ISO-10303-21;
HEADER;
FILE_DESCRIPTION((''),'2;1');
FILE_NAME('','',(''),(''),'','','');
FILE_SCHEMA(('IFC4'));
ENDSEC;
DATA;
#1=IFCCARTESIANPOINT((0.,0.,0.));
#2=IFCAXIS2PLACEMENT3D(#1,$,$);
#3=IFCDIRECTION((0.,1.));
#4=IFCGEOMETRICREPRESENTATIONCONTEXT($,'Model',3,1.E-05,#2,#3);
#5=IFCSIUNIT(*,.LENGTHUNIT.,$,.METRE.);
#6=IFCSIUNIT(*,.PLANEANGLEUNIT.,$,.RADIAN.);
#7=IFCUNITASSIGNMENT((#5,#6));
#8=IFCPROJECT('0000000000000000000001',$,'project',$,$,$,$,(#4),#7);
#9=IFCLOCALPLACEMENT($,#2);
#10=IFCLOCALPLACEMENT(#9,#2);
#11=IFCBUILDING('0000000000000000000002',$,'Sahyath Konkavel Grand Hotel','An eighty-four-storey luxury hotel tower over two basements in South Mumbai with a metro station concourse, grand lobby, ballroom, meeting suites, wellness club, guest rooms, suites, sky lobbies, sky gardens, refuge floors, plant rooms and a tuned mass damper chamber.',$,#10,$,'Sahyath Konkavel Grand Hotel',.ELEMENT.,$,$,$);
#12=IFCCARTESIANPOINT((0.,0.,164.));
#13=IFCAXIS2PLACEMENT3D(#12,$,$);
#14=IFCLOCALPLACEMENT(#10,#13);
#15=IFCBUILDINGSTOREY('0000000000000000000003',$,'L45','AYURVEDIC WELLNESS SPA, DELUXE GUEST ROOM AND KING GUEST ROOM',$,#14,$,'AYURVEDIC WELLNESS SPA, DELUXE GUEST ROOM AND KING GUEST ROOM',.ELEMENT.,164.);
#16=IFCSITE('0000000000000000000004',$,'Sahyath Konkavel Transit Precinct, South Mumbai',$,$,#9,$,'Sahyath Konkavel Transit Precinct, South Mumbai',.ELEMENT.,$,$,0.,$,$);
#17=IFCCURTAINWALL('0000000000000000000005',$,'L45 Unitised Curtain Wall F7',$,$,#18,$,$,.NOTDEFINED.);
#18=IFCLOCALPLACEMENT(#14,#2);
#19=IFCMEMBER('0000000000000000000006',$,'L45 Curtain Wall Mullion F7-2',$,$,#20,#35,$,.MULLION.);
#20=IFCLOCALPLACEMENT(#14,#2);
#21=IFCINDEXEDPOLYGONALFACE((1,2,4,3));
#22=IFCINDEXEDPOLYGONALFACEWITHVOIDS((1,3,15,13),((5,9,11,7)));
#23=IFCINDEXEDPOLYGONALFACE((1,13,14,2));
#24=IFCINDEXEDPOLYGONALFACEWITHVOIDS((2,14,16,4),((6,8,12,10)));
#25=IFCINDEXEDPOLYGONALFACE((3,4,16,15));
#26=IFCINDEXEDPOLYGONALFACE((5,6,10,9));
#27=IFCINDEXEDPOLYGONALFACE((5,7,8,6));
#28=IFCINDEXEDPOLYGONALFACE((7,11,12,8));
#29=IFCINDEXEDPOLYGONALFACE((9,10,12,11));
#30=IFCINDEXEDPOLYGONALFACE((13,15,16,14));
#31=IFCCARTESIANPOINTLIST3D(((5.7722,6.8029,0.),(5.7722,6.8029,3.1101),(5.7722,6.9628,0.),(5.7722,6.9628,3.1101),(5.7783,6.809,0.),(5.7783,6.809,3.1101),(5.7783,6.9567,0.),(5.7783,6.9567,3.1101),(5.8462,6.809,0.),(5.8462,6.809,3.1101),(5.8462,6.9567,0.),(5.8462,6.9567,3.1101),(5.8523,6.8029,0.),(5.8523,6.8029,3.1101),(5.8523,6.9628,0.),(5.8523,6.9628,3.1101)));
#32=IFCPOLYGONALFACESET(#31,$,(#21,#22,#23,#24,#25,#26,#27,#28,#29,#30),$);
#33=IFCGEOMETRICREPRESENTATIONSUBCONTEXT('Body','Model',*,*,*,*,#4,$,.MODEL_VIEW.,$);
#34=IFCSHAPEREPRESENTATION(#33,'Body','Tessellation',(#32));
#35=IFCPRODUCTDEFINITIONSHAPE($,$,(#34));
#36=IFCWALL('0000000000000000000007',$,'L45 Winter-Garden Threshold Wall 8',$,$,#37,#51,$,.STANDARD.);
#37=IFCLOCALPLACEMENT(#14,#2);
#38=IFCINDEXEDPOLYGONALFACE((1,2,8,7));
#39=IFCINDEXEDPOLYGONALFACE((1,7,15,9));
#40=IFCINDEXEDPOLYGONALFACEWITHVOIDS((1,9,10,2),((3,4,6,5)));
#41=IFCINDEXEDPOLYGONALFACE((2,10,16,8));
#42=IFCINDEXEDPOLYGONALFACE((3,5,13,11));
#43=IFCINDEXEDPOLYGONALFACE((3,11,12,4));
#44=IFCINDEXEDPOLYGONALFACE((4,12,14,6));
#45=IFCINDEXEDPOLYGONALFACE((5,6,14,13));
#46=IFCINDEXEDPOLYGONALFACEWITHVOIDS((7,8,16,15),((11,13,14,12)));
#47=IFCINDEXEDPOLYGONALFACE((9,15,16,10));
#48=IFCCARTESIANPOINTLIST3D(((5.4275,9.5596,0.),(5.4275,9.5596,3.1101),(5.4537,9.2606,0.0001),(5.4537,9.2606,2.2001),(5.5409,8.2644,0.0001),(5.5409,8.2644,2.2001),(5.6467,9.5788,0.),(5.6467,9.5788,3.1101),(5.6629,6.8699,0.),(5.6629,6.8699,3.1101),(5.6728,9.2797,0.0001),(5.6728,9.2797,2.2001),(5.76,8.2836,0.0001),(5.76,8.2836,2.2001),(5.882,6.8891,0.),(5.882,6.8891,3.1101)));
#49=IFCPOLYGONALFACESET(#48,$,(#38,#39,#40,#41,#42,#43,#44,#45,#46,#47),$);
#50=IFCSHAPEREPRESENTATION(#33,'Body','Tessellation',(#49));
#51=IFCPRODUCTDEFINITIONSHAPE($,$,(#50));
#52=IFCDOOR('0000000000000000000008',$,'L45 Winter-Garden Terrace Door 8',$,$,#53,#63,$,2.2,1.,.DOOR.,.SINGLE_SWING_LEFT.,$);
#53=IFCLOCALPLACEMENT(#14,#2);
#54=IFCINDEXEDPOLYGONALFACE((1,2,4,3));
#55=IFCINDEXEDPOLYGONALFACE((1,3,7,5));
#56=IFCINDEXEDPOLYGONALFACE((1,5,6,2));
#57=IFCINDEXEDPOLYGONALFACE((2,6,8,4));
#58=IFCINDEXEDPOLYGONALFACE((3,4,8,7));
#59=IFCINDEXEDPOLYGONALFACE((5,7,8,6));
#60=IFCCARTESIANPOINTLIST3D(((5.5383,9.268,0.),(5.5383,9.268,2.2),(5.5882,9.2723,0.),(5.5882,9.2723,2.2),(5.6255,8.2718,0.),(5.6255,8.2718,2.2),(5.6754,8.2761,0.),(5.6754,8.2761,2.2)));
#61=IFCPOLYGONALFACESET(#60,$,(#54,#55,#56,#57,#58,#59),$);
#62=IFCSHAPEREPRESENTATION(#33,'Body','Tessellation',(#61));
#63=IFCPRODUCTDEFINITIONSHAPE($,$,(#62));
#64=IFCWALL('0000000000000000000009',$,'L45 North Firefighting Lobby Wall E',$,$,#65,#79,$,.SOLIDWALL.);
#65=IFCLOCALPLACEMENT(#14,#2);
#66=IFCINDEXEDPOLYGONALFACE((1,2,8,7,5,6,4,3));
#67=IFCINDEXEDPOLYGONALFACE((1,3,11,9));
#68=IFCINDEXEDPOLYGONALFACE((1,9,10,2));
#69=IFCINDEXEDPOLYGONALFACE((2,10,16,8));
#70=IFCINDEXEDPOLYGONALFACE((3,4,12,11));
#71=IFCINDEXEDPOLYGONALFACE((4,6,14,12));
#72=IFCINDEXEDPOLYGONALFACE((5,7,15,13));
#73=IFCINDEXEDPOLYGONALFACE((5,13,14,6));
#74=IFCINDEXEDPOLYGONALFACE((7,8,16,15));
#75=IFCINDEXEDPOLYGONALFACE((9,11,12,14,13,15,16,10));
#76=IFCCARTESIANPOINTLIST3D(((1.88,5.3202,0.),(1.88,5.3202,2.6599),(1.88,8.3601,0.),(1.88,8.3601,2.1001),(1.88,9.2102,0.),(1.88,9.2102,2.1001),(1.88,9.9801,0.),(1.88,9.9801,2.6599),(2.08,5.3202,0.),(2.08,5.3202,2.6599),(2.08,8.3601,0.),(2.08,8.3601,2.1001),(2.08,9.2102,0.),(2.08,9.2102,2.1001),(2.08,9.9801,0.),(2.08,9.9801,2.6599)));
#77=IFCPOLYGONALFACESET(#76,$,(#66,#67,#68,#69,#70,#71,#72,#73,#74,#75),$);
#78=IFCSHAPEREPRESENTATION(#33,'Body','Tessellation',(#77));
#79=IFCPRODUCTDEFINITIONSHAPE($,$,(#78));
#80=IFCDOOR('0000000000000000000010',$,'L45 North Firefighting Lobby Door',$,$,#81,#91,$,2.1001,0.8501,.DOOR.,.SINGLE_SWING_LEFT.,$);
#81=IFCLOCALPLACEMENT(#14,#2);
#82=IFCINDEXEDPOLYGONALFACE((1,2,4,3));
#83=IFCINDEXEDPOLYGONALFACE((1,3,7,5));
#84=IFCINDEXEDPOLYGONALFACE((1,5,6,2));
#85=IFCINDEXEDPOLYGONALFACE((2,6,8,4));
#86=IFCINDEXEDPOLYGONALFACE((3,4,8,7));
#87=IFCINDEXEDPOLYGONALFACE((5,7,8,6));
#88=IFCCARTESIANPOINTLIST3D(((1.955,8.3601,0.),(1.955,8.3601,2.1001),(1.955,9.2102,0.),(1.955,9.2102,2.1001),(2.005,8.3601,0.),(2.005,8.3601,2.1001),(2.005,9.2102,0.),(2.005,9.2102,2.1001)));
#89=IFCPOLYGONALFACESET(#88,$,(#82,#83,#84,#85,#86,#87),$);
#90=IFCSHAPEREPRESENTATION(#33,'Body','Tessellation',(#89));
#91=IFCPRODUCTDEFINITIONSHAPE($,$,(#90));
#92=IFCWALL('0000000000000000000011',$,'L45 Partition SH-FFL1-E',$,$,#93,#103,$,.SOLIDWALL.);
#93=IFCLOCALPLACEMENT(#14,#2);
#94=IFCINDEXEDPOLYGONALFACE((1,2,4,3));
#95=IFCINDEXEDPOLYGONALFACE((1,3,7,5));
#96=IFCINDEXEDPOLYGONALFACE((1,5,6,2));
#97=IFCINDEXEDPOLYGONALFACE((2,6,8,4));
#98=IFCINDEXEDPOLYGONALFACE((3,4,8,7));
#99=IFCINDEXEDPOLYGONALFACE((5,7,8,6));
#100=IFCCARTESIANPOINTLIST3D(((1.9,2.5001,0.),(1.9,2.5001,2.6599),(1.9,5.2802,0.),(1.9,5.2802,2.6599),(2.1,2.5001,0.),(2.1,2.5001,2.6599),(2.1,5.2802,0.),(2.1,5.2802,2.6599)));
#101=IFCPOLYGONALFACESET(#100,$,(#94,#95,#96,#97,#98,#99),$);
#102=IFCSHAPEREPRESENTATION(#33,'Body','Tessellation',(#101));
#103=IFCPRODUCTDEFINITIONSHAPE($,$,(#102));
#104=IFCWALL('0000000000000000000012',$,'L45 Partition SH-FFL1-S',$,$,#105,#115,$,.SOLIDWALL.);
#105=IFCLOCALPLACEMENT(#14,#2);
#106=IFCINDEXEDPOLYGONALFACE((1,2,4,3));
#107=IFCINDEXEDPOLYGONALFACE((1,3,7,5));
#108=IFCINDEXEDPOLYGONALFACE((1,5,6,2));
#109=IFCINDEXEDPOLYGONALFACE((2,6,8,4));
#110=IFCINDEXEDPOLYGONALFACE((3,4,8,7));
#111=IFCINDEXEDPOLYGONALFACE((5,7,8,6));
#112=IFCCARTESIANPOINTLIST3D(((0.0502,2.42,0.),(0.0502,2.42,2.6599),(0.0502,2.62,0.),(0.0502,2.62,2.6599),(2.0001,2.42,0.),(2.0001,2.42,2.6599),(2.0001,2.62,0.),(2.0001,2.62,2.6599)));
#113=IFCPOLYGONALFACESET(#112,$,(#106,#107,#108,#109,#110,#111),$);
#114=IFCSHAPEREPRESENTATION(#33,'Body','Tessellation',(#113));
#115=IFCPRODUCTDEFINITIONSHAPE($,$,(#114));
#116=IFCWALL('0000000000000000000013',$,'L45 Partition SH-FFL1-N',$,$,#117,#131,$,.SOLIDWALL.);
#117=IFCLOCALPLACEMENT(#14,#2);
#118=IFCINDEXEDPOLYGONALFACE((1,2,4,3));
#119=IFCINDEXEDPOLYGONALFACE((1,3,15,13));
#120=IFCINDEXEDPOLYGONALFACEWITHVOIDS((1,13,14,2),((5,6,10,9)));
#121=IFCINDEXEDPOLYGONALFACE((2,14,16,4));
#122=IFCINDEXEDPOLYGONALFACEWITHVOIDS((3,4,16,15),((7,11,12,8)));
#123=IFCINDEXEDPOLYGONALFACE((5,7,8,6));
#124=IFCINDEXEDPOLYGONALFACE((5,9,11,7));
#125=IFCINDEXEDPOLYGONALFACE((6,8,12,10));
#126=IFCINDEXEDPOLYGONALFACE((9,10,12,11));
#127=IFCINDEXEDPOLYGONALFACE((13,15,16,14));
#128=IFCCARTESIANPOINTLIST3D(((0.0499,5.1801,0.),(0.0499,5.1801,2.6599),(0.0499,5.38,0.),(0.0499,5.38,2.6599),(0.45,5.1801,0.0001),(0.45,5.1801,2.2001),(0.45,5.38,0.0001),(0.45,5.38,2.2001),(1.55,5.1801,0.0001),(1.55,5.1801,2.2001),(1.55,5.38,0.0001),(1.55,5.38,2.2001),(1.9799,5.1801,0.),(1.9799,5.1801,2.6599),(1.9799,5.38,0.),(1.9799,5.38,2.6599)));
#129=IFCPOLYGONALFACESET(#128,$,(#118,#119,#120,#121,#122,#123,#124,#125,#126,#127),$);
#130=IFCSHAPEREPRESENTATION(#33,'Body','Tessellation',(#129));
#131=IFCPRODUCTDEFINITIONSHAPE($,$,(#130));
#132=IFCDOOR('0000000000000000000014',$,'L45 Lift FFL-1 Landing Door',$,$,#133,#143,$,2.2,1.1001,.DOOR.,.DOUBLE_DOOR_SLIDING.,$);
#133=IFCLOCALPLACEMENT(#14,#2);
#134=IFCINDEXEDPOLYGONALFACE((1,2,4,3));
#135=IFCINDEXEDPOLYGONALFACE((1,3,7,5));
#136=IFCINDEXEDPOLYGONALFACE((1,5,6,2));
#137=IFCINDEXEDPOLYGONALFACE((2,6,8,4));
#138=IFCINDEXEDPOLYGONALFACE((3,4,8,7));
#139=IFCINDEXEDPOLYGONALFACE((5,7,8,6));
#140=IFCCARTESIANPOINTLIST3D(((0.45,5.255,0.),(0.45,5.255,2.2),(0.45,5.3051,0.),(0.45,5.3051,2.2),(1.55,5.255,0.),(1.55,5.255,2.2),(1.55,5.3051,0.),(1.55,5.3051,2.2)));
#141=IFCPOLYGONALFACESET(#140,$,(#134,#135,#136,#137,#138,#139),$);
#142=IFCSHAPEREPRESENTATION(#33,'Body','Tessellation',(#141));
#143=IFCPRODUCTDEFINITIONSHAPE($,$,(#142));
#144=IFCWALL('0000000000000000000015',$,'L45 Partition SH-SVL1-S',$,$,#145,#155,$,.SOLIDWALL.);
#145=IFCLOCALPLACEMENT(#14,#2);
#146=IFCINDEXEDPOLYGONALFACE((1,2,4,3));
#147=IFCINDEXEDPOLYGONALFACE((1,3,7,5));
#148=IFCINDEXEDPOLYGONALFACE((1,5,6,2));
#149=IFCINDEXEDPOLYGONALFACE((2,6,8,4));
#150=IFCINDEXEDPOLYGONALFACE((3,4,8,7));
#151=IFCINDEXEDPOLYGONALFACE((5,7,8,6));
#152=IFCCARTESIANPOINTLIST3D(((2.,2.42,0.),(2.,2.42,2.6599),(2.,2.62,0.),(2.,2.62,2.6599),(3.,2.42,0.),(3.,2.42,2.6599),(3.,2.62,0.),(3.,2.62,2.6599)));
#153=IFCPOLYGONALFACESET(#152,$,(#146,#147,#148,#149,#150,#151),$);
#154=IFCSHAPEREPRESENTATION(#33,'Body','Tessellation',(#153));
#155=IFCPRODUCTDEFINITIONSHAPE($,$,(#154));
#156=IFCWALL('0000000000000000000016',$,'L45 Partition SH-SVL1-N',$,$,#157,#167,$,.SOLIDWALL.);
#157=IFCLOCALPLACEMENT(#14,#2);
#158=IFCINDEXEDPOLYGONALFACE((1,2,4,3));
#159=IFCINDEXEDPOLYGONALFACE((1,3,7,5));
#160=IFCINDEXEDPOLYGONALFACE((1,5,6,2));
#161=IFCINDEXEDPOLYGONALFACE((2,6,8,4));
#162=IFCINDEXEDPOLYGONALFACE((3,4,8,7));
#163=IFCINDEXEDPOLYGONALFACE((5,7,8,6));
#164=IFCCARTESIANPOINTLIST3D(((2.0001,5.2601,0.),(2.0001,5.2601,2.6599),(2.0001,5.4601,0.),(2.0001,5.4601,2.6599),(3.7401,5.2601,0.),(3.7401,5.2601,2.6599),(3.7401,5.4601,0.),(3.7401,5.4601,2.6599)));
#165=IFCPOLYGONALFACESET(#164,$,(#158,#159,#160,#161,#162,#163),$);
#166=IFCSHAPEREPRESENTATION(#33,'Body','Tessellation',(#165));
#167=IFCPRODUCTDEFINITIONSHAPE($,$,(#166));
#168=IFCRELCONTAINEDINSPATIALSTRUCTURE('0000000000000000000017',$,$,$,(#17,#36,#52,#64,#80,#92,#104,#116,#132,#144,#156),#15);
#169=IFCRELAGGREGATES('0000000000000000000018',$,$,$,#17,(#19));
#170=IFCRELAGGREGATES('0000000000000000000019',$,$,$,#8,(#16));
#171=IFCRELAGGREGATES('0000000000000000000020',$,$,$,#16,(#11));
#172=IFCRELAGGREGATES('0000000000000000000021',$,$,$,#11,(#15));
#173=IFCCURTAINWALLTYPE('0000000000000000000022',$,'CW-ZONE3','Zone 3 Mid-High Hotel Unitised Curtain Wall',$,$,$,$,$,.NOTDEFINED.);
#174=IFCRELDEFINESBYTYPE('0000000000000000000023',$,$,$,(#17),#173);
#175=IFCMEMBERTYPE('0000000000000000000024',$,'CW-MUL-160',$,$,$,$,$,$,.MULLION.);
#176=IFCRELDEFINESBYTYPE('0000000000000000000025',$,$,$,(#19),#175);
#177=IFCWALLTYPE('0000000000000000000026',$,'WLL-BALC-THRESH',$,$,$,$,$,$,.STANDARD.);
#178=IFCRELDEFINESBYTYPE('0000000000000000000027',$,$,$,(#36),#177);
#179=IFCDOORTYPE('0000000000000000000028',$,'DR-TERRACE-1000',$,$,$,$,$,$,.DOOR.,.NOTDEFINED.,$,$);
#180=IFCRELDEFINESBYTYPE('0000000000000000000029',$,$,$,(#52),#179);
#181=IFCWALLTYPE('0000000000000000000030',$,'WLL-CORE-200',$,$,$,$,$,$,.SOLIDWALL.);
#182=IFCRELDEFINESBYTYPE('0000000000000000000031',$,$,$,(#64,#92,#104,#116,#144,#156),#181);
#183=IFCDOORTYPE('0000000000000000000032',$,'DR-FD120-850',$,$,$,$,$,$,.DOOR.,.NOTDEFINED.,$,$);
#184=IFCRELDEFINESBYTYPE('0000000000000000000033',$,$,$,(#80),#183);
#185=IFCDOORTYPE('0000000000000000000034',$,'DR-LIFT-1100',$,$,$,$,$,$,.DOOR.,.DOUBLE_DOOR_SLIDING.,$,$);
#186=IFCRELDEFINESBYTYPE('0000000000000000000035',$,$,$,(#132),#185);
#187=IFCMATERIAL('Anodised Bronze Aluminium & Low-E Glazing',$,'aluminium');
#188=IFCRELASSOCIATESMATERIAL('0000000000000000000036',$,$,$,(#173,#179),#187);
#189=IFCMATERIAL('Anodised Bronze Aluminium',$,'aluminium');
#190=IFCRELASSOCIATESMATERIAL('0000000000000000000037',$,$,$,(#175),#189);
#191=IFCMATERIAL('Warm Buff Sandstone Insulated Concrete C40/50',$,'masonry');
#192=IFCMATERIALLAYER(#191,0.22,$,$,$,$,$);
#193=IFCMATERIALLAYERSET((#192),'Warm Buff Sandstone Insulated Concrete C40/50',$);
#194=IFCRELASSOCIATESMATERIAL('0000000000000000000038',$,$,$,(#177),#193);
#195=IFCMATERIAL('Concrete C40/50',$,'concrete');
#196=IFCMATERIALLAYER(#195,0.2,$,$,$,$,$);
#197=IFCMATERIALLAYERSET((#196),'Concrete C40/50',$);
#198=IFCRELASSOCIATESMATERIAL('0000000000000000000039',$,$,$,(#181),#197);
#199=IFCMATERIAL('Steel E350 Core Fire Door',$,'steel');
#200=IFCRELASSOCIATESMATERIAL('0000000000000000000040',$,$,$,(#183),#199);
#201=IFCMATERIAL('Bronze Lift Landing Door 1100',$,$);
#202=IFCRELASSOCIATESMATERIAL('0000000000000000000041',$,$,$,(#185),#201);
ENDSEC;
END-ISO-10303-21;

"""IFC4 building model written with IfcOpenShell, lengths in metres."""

from ifc_helpers import new_model, si_unit, direction, frame, frame_2d, origin, origin_2d, place, context, subcontext, project, spatial, rectangle, hollow_rectangle, extrude, source, transform, mapped, material, layer, layer_set, material_profile, profile_set, type_object, element, fill, aggregate, save


model = new_model("IFC4")

# Units and contexts
model_context = context("Model", 3, precision=1e-05, world=origin(), true_north=direction((0.0, 1.0)))
body_context = subcontext(model_context, "Body", "Model", "MODEL_VIEW")
ifc_project = project(units=[si_unit("LENGTHUNIT", "METRE"), si_unit("PLANEANGLEUNIT", "RADIAN")], contexts=[model_context])

# Site, building, storey
site_placement = place(None, origin())
site = spatial("IfcSite", under=ifc_project, at=site_placement, Name="Sahyath Konkavel Transit Precinct, South Mumbai", LongName="Sahyath Konkavel Transit Precinct, South Mumbai", CompositionType="ELEMENT", RefElevation=0.0)
building_placement = place(site_placement, origin())
building = spatial("IfcBuilding", under=site, at=building_placement, Name="Sahyath Konkavel Grand Hotel", Description="An eighty-four-storey luxury hotel tower over two basements in South Mumbai with a metro station concourse, grand lobby, ballroom, meeting suites, wellness club, guest rooms, suites, sky lobbies, sky gardens, refuge floors, plant rooms and a tuned mass damper chamber.", LongName="Sahyath Konkavel Grand Hotel", CompositionType="ELEMENT")
storey_placement = place(building_placement, frame((0.0, 0.0, 164.0)))
storey = spatial("IfcBuildingStorey", under=building, at=storey_placement, Name="L45", Description="AYURVEDIC WELLNESS SPA, DELUXE GUEST ROOM AND KING GUEST ROOM", LongName="AYURVEDIC WELLNESS SPA, DELUXE GUEST ROOM AND KING GUEST ROOM", CompositionType="ELEMENT", Elevation=164.0)

# Curtain wall, member
ifc_material_1 = material(Name="Anodised Bronze Aluminium & Low-E Glazing", Category="aluminium")
curtain_wall_type = type_object("IfcCurtainWallType", Name="CW-ZONE3", Description="Zone 3 Mid-High Hotel Unitised Curtain Wall", PredefinedType="NOTDEFINED", material=ifc_material_1)
curtain_wall_placement = place(storey_placement, origin())
curtain_wall = element("IfcCurtainWall", 1, at=curtain_wall_placement, inside=storey, type_object=curtain_wall_type, Name="L45 Unitised Curtain Wall F7", PredefinedType="NOTDEFINED")
ifc_material_2 = material(Name="Anodised Bronze Aluminium", Category="aluminium")
ifc_material_profile_1 = material_profile(ifc_material_2, hollow_rectangle(XDim=0.0801, YDim=0.1599, WallThickness=0.0061, at=origin_2d()), Name="RHS 160x80x6")
ifc_profile_set_1 = profile_set([ifc_material_profile_1], Name="Anodised Bronze Aluminium")
member_type = type_object("IfcMemberType", Name="CW-MUL-160", PredefinedType="MULLION", material=ifc_profile_set_1)
shared_shape_1 = source(origin(), body_context, "Body", "SweptSolid", [
    extrude(hollow_rectangle(XDim=0.0801, YDim=0.1599, WallThickness=0.0061, at=origin_2d()), origin(), (0.0, 0.0, 1.0), 3.1101),
])
member_placement = place(storey_placement, frame((5.8123, 6.8828, 0.0), z_axis=(0.0, 0.0, 1.0), x_axis=(1.0, 0.0, 0.0)))
member = element("IfcMember", 2, at=member_placement, type_object=member_type, Name="L45 Curtain Wall Mullion F7-2", PredefinedType="MULLION", context=body_context, shape_type="MappedRepresentation", body=[
    mapped(shared_shape_1, transform((0.0, 0.0, 0.0), scale=1.0)),
])
aggregate(curtain_wall, [member])

# Walls, openings, doors
ifc_material_3 = material(Name="Warm Buff Sandstone Insulated Concrete C40/50", Category="masonry")
ifc_layer_1 = layer(ifc_material_3, 0.22)
ifc_layer_set_1 = layer_set([ifc_layer_1], Name="Warm Buff Sandstone Insulated Concrete C40/50")
wall_type_1 = type_object("IfcWallType", Name="WLL-BALC-THRESH", PredefinedType="STANDARD", material=ifc_layer_set_1)
wall_1_placement = place(storey_placement, frame((5.7725, 6.8794, 0.0), z_axis=(0.0, 0.0, 1.0), x_axis=(-0.087168, 0.996194, 0.0)))
wall_1 = element("IfcWall", 3, at=wall_1_placement, inside=storey, type_object=wall_type_1, Name="L45 Winter-Garden Threshold Wall 8", PredefinedType="STANDARD", context=body_context, shape_type="SweptSolid", body=[
    extrude(rectangle(XDim=2.7, YDim=0.22, at=frame_2d((1.3501, 0.0))), origin(), (0.0, 0.0, 1.0), 3.1101),
])
opening_1_placement = place(wall_1_placement, frame((1.3999, 0.0, 0.0)))
opening_1 = element("IfcOpeningElement", 4, at=opening_1_placement, cuts=wall_1, PredefinedType="OPENING", context=body_context, shape_type="SweptSolid", body=[
    extrude(rectangle(XDim=1.0, YDim=2.2, at=frame_2d((0.5, 1.1001))), frame((0.0, 0.1201, 0.0), z_axis=(0.0, -1.0, 0.0), x_axis=(1.0, 0.0, 0.0)), (0.0, 0.0, 1.0), 0.24),
])
door_type_1 = type_object("IfcDoorType", Name="DR-TERRACE-1000", OperationType="NOTDEFINED", PredefinedType="DOOR", material=ifc_material_1)
shared_shape_2 = source(origin(), body_context, "Body", "SweptSolid", [
    extrude(rectangle(XDim=1.0, YDim=0.05, at=origin_2d()), origin(), (0.0, 0.0, 1.0), 2.2),
])
door_1_placement = place(opening_1_placement, frame((0.5, 0.0, 0.0)))
door_1 = element("IfcDoor", 5, at=door_1_placement, inside=storey, type_object=door_type_1, Name="L45 Winter-Garden Terrace Door 8", OperationType="SINGLE_SWING_LEFT", OverallHeight=2.2, OverallWidth=1.0, PredefinedType="DOOR", context=body_context, shape_type="MappedRepresentation", body=[
    mapped(shared_shape_2, transform((0.0, 0.0, 0.0), scale=1.0)),
])
fill(opening_1, door_1)
ifc_material_4 = material(Name="Concrete C40/50", Category="concrete")
ifc_layer_2 = layer(ifc_material_4, 0.2)
ifc_layer_set_2 = layer_set([ifc_layer_2], Name="Concrete C40/50")
wall_type_2 = type_object("IfcWallType", Name="WLL-CORE-200", PredefinedType="SOLIDWALL", material=ifc_layer_set_2)
wall_2_placement = place(storey_placement, frame((1.98, 5.3201, 0.0), z_axis=(0.0, 0.0, 1.0), x_axis=(0.0, 1.0, 0.0)))
wall_2 = element("IfcWall", 6, at=wall_2_placement, inside=storey, type_object=wall_type_2, Name="L45 North Firefighting Lobby Wall E", PredefinedType="SOLIDWALL", context=body_context, shape_type="SweptSolid", body=[
    extrude(rectangle(XDim=4.6599, YDim=0.2, at=frame_2d((2.3301, 0.0))), origin(), (0.0, 0.0, 1.0), 2.6599),
])
opening_2_placement = place(wall_2_placement, frame((3.04, 0.0, 0.0)))
opening_2 = element("IfcOpeningElement", 7, at=opening_2_placement, cuts=wall_2, PredefinedType="OPENING", context=body_context, shape_type="SweptSolid", body=[
    extrude(rectangle(XDim=0.8501, YDim=2.1001, at=frame_2d((0.425, 1.05))), frame((0.0, 0.1099, 0.0), z_axis=(0.0, -1.0, 0.0), x_axis=(1.0, 0.0, 0.0)), (0.0, 0.0, 1.0), 0.22),
])
ifc_material_5 = material(Name="Steel E350 Core Fire Door", Category="steel")
door_type_2 = type_object("IfcDoorType", Name="DR-FD120-850", OperationType="NOTDEFINED", PredefinedType="DOOR", material=ifc_material_5)
shared_shape_3 = source(origin(), body_context, "Body", "SweptSolid", [
    extrude(rectangle(XDim=0.8501, YDim=0.05, at=origin_2d()), origin(), (0.0, 0.0, 1.0), 2.1001),
])
door_2_placement = place(opening_2_placement, frame((0.425, 0.0, 0.0)))
door_2 = element("IfcDoor", 8, at=door_2_placement, inside=storey, type_object=door_type_2, Name="L45 North Firefighting Lobby Door", OperationType="SINGLE_SWING_LEFT", OverallHeight=2.1001, OverallWidth=0.8501, PredefinedType="DOOR", context=body_context, shape_type="MappedRepresentation", body=[
    mapped(shared_shape_3, transform((0.0, 0.0, 0.0), scale=1.0)),
])
fill(opening_2, door_2)

# Walls
wall_3_placement = place(storey_placement, frame((2.0, 2.5, 0.0), z_axis=(0.0, 0.0, 1.0), x_axis=(0.0, 1.0, 0.0)))
element("IfcWall", 9, at=wall_3_placement, inside=storey, type_object=wall_type_2, Name="L45 Partition SH-FFL1-E", PredefinedType="SOLIDWALL", context=body_context, shape_type="SweptSolid", body=[
    extrude(rectangle(XDim=2.78, YDim=0.2, at=frame_2d((1.3901, 0.0))), origin(), (0.0, 0.0, 1.0), 2.6599),
])
wall_4_placement = place(storey_placement, frame((0.05, 2.52, 0.0), z_axis=(0.0, 0.0, 1.0), x_axis=(1.0, 0.0, 0.0)))
element("IfcWall", 10, at=wall_4_placement, inside=storey, type_object=wall_type_2, Name="L45 Partition SH-FFL1-S", PredefinedType="SOLIDWALL", context=body_context, shape_type="SweptSolid", body=[
    extrude(rectangle(XDim=1.95, YDim=0.2, at=frame_2d((0.9751, 0.0))), origin(), (0.0, 0.0, 1.0), 2.6599),
])

# Wall, opening, door
wall_5_placement = place(storey_placement, frame((0.05, 5.28, 0.0), z_axis=(0.0, 0.0, 1.0), x_axis=(1.0, 0.0, 0.0)))
wall_5 = element("IfcWall", 11, at=wall_5_placement, inside=storey, type_object=wall_type_2, Name="L45 Partition SH-FFL1-N", PredefinedType="SOLIDWALL", context=body_context, shape_type="SweptSolid", body=[
    extrude(rectangle(XDim=1.9299, YDim=0.2, at=frame_2d((0.9648, 0.0))), origin(), (0.0, 0.0, 1.0), 2.6599),
])
opening_3_placement = place(wall_5_placement, frame((0.3999, 0.0, 0.0)))
opening_3 = element("IfcOpeningElement", 12, at=opening_3_placement, cuts=wall_5, PredefinedType="OPENING", context=body_context, shape_type="SweptSolid", body=[
    extrude(rectangle(XDim=1.1001, YDim=2.2, at=frame_2d((0.55, 1.1001))), frame((0.0, 0.1099, 0.0), z_axis=(0.0, -1.0, 0.0), x_axis=(1.0, 0.0, 0.0)), (0.0, 0.0, 1.0), 0.22),
])
ifc_material_6 = material(Name="Bronze Lift Landing Door 1100")
door_type_3 = type_object("IfcDoorType", Name="DR-LIFT-1100", OperationType="DOUBLE_DOOR_SLIDING", PredefinedType="DOOR", material=ifc_material_6)
shared_shape_4 = source(origin(), body_context, "Body", "SweptSolid", [
    extrude(rectangle(XDim=1.1001, YDim=0.05, at=origin_2d()), origin(), (0.0, 0.0, 1.0), 2.2),
])
door_3_placement = place(opening_3_placement, frame((0.55, 0.0, 0.0)))
door_3 = element("IfcDoor", 13, at=door_3_placement, inside=storey, type_object=door_type_3, Name="L45 Lift FFL-1 Landing Door", OperationType="DOUBLE_DOOR_SLIDING", OverallHeight=2.2, OverallWidth=1.1001, PredefinedType="DOOR", context=body_context, shape_type="MappedRepresentation", body=[
    mapped(shared_shape_4, transform((0.0, 0.0, 0.0), scale=1.0)),
])
fill(opening_3, door_3)

# Walls
wall_6_placement = place(storey_placement, frame((2.0, 2.52, 0.0), z_axis=(0.0, 0.0, 1.0), x_axis=(1.0, 0.0, 0.0)))
element("IfcWall", 14, at=wall_6_placement, inside=storey, type_object=wall_type_2, Name="L45 Partition SH-SVL1-S", PredefinedType="SOLIDWALL", context=body_context, shape_type="SweptSolid", body=[
    extrude(rectangle(XDim=1.0, YDim=0.2, at=frame_2d((0.5, 0.0))), origin(), (0.0, 0.0, 1.0), 2.6599),
])
wall_7_placement = place(storey_placement, frame((2.0, 5.3601, 0.0), z_axis=(0.0, 0.0, 1.0), x_axis=(1.0, 0.0, 0.0)))
element("IfcWall", 15, at=wall_7_placement, inside=storey, type_object=wall_type_2, Name="L45 Partition SH-SVL1-N", PredefinedType="SOLIDWALL", context=body_context, shape_type="SweptSolid", body=[
    extrude(rectangle(XDim=1.74, YDim=0.2, at=frame_2d((0.8701, 0.0))), origin(), (0.0, 0.0, 1.0), 2.6599),
])

save(model, "model.ifc")
